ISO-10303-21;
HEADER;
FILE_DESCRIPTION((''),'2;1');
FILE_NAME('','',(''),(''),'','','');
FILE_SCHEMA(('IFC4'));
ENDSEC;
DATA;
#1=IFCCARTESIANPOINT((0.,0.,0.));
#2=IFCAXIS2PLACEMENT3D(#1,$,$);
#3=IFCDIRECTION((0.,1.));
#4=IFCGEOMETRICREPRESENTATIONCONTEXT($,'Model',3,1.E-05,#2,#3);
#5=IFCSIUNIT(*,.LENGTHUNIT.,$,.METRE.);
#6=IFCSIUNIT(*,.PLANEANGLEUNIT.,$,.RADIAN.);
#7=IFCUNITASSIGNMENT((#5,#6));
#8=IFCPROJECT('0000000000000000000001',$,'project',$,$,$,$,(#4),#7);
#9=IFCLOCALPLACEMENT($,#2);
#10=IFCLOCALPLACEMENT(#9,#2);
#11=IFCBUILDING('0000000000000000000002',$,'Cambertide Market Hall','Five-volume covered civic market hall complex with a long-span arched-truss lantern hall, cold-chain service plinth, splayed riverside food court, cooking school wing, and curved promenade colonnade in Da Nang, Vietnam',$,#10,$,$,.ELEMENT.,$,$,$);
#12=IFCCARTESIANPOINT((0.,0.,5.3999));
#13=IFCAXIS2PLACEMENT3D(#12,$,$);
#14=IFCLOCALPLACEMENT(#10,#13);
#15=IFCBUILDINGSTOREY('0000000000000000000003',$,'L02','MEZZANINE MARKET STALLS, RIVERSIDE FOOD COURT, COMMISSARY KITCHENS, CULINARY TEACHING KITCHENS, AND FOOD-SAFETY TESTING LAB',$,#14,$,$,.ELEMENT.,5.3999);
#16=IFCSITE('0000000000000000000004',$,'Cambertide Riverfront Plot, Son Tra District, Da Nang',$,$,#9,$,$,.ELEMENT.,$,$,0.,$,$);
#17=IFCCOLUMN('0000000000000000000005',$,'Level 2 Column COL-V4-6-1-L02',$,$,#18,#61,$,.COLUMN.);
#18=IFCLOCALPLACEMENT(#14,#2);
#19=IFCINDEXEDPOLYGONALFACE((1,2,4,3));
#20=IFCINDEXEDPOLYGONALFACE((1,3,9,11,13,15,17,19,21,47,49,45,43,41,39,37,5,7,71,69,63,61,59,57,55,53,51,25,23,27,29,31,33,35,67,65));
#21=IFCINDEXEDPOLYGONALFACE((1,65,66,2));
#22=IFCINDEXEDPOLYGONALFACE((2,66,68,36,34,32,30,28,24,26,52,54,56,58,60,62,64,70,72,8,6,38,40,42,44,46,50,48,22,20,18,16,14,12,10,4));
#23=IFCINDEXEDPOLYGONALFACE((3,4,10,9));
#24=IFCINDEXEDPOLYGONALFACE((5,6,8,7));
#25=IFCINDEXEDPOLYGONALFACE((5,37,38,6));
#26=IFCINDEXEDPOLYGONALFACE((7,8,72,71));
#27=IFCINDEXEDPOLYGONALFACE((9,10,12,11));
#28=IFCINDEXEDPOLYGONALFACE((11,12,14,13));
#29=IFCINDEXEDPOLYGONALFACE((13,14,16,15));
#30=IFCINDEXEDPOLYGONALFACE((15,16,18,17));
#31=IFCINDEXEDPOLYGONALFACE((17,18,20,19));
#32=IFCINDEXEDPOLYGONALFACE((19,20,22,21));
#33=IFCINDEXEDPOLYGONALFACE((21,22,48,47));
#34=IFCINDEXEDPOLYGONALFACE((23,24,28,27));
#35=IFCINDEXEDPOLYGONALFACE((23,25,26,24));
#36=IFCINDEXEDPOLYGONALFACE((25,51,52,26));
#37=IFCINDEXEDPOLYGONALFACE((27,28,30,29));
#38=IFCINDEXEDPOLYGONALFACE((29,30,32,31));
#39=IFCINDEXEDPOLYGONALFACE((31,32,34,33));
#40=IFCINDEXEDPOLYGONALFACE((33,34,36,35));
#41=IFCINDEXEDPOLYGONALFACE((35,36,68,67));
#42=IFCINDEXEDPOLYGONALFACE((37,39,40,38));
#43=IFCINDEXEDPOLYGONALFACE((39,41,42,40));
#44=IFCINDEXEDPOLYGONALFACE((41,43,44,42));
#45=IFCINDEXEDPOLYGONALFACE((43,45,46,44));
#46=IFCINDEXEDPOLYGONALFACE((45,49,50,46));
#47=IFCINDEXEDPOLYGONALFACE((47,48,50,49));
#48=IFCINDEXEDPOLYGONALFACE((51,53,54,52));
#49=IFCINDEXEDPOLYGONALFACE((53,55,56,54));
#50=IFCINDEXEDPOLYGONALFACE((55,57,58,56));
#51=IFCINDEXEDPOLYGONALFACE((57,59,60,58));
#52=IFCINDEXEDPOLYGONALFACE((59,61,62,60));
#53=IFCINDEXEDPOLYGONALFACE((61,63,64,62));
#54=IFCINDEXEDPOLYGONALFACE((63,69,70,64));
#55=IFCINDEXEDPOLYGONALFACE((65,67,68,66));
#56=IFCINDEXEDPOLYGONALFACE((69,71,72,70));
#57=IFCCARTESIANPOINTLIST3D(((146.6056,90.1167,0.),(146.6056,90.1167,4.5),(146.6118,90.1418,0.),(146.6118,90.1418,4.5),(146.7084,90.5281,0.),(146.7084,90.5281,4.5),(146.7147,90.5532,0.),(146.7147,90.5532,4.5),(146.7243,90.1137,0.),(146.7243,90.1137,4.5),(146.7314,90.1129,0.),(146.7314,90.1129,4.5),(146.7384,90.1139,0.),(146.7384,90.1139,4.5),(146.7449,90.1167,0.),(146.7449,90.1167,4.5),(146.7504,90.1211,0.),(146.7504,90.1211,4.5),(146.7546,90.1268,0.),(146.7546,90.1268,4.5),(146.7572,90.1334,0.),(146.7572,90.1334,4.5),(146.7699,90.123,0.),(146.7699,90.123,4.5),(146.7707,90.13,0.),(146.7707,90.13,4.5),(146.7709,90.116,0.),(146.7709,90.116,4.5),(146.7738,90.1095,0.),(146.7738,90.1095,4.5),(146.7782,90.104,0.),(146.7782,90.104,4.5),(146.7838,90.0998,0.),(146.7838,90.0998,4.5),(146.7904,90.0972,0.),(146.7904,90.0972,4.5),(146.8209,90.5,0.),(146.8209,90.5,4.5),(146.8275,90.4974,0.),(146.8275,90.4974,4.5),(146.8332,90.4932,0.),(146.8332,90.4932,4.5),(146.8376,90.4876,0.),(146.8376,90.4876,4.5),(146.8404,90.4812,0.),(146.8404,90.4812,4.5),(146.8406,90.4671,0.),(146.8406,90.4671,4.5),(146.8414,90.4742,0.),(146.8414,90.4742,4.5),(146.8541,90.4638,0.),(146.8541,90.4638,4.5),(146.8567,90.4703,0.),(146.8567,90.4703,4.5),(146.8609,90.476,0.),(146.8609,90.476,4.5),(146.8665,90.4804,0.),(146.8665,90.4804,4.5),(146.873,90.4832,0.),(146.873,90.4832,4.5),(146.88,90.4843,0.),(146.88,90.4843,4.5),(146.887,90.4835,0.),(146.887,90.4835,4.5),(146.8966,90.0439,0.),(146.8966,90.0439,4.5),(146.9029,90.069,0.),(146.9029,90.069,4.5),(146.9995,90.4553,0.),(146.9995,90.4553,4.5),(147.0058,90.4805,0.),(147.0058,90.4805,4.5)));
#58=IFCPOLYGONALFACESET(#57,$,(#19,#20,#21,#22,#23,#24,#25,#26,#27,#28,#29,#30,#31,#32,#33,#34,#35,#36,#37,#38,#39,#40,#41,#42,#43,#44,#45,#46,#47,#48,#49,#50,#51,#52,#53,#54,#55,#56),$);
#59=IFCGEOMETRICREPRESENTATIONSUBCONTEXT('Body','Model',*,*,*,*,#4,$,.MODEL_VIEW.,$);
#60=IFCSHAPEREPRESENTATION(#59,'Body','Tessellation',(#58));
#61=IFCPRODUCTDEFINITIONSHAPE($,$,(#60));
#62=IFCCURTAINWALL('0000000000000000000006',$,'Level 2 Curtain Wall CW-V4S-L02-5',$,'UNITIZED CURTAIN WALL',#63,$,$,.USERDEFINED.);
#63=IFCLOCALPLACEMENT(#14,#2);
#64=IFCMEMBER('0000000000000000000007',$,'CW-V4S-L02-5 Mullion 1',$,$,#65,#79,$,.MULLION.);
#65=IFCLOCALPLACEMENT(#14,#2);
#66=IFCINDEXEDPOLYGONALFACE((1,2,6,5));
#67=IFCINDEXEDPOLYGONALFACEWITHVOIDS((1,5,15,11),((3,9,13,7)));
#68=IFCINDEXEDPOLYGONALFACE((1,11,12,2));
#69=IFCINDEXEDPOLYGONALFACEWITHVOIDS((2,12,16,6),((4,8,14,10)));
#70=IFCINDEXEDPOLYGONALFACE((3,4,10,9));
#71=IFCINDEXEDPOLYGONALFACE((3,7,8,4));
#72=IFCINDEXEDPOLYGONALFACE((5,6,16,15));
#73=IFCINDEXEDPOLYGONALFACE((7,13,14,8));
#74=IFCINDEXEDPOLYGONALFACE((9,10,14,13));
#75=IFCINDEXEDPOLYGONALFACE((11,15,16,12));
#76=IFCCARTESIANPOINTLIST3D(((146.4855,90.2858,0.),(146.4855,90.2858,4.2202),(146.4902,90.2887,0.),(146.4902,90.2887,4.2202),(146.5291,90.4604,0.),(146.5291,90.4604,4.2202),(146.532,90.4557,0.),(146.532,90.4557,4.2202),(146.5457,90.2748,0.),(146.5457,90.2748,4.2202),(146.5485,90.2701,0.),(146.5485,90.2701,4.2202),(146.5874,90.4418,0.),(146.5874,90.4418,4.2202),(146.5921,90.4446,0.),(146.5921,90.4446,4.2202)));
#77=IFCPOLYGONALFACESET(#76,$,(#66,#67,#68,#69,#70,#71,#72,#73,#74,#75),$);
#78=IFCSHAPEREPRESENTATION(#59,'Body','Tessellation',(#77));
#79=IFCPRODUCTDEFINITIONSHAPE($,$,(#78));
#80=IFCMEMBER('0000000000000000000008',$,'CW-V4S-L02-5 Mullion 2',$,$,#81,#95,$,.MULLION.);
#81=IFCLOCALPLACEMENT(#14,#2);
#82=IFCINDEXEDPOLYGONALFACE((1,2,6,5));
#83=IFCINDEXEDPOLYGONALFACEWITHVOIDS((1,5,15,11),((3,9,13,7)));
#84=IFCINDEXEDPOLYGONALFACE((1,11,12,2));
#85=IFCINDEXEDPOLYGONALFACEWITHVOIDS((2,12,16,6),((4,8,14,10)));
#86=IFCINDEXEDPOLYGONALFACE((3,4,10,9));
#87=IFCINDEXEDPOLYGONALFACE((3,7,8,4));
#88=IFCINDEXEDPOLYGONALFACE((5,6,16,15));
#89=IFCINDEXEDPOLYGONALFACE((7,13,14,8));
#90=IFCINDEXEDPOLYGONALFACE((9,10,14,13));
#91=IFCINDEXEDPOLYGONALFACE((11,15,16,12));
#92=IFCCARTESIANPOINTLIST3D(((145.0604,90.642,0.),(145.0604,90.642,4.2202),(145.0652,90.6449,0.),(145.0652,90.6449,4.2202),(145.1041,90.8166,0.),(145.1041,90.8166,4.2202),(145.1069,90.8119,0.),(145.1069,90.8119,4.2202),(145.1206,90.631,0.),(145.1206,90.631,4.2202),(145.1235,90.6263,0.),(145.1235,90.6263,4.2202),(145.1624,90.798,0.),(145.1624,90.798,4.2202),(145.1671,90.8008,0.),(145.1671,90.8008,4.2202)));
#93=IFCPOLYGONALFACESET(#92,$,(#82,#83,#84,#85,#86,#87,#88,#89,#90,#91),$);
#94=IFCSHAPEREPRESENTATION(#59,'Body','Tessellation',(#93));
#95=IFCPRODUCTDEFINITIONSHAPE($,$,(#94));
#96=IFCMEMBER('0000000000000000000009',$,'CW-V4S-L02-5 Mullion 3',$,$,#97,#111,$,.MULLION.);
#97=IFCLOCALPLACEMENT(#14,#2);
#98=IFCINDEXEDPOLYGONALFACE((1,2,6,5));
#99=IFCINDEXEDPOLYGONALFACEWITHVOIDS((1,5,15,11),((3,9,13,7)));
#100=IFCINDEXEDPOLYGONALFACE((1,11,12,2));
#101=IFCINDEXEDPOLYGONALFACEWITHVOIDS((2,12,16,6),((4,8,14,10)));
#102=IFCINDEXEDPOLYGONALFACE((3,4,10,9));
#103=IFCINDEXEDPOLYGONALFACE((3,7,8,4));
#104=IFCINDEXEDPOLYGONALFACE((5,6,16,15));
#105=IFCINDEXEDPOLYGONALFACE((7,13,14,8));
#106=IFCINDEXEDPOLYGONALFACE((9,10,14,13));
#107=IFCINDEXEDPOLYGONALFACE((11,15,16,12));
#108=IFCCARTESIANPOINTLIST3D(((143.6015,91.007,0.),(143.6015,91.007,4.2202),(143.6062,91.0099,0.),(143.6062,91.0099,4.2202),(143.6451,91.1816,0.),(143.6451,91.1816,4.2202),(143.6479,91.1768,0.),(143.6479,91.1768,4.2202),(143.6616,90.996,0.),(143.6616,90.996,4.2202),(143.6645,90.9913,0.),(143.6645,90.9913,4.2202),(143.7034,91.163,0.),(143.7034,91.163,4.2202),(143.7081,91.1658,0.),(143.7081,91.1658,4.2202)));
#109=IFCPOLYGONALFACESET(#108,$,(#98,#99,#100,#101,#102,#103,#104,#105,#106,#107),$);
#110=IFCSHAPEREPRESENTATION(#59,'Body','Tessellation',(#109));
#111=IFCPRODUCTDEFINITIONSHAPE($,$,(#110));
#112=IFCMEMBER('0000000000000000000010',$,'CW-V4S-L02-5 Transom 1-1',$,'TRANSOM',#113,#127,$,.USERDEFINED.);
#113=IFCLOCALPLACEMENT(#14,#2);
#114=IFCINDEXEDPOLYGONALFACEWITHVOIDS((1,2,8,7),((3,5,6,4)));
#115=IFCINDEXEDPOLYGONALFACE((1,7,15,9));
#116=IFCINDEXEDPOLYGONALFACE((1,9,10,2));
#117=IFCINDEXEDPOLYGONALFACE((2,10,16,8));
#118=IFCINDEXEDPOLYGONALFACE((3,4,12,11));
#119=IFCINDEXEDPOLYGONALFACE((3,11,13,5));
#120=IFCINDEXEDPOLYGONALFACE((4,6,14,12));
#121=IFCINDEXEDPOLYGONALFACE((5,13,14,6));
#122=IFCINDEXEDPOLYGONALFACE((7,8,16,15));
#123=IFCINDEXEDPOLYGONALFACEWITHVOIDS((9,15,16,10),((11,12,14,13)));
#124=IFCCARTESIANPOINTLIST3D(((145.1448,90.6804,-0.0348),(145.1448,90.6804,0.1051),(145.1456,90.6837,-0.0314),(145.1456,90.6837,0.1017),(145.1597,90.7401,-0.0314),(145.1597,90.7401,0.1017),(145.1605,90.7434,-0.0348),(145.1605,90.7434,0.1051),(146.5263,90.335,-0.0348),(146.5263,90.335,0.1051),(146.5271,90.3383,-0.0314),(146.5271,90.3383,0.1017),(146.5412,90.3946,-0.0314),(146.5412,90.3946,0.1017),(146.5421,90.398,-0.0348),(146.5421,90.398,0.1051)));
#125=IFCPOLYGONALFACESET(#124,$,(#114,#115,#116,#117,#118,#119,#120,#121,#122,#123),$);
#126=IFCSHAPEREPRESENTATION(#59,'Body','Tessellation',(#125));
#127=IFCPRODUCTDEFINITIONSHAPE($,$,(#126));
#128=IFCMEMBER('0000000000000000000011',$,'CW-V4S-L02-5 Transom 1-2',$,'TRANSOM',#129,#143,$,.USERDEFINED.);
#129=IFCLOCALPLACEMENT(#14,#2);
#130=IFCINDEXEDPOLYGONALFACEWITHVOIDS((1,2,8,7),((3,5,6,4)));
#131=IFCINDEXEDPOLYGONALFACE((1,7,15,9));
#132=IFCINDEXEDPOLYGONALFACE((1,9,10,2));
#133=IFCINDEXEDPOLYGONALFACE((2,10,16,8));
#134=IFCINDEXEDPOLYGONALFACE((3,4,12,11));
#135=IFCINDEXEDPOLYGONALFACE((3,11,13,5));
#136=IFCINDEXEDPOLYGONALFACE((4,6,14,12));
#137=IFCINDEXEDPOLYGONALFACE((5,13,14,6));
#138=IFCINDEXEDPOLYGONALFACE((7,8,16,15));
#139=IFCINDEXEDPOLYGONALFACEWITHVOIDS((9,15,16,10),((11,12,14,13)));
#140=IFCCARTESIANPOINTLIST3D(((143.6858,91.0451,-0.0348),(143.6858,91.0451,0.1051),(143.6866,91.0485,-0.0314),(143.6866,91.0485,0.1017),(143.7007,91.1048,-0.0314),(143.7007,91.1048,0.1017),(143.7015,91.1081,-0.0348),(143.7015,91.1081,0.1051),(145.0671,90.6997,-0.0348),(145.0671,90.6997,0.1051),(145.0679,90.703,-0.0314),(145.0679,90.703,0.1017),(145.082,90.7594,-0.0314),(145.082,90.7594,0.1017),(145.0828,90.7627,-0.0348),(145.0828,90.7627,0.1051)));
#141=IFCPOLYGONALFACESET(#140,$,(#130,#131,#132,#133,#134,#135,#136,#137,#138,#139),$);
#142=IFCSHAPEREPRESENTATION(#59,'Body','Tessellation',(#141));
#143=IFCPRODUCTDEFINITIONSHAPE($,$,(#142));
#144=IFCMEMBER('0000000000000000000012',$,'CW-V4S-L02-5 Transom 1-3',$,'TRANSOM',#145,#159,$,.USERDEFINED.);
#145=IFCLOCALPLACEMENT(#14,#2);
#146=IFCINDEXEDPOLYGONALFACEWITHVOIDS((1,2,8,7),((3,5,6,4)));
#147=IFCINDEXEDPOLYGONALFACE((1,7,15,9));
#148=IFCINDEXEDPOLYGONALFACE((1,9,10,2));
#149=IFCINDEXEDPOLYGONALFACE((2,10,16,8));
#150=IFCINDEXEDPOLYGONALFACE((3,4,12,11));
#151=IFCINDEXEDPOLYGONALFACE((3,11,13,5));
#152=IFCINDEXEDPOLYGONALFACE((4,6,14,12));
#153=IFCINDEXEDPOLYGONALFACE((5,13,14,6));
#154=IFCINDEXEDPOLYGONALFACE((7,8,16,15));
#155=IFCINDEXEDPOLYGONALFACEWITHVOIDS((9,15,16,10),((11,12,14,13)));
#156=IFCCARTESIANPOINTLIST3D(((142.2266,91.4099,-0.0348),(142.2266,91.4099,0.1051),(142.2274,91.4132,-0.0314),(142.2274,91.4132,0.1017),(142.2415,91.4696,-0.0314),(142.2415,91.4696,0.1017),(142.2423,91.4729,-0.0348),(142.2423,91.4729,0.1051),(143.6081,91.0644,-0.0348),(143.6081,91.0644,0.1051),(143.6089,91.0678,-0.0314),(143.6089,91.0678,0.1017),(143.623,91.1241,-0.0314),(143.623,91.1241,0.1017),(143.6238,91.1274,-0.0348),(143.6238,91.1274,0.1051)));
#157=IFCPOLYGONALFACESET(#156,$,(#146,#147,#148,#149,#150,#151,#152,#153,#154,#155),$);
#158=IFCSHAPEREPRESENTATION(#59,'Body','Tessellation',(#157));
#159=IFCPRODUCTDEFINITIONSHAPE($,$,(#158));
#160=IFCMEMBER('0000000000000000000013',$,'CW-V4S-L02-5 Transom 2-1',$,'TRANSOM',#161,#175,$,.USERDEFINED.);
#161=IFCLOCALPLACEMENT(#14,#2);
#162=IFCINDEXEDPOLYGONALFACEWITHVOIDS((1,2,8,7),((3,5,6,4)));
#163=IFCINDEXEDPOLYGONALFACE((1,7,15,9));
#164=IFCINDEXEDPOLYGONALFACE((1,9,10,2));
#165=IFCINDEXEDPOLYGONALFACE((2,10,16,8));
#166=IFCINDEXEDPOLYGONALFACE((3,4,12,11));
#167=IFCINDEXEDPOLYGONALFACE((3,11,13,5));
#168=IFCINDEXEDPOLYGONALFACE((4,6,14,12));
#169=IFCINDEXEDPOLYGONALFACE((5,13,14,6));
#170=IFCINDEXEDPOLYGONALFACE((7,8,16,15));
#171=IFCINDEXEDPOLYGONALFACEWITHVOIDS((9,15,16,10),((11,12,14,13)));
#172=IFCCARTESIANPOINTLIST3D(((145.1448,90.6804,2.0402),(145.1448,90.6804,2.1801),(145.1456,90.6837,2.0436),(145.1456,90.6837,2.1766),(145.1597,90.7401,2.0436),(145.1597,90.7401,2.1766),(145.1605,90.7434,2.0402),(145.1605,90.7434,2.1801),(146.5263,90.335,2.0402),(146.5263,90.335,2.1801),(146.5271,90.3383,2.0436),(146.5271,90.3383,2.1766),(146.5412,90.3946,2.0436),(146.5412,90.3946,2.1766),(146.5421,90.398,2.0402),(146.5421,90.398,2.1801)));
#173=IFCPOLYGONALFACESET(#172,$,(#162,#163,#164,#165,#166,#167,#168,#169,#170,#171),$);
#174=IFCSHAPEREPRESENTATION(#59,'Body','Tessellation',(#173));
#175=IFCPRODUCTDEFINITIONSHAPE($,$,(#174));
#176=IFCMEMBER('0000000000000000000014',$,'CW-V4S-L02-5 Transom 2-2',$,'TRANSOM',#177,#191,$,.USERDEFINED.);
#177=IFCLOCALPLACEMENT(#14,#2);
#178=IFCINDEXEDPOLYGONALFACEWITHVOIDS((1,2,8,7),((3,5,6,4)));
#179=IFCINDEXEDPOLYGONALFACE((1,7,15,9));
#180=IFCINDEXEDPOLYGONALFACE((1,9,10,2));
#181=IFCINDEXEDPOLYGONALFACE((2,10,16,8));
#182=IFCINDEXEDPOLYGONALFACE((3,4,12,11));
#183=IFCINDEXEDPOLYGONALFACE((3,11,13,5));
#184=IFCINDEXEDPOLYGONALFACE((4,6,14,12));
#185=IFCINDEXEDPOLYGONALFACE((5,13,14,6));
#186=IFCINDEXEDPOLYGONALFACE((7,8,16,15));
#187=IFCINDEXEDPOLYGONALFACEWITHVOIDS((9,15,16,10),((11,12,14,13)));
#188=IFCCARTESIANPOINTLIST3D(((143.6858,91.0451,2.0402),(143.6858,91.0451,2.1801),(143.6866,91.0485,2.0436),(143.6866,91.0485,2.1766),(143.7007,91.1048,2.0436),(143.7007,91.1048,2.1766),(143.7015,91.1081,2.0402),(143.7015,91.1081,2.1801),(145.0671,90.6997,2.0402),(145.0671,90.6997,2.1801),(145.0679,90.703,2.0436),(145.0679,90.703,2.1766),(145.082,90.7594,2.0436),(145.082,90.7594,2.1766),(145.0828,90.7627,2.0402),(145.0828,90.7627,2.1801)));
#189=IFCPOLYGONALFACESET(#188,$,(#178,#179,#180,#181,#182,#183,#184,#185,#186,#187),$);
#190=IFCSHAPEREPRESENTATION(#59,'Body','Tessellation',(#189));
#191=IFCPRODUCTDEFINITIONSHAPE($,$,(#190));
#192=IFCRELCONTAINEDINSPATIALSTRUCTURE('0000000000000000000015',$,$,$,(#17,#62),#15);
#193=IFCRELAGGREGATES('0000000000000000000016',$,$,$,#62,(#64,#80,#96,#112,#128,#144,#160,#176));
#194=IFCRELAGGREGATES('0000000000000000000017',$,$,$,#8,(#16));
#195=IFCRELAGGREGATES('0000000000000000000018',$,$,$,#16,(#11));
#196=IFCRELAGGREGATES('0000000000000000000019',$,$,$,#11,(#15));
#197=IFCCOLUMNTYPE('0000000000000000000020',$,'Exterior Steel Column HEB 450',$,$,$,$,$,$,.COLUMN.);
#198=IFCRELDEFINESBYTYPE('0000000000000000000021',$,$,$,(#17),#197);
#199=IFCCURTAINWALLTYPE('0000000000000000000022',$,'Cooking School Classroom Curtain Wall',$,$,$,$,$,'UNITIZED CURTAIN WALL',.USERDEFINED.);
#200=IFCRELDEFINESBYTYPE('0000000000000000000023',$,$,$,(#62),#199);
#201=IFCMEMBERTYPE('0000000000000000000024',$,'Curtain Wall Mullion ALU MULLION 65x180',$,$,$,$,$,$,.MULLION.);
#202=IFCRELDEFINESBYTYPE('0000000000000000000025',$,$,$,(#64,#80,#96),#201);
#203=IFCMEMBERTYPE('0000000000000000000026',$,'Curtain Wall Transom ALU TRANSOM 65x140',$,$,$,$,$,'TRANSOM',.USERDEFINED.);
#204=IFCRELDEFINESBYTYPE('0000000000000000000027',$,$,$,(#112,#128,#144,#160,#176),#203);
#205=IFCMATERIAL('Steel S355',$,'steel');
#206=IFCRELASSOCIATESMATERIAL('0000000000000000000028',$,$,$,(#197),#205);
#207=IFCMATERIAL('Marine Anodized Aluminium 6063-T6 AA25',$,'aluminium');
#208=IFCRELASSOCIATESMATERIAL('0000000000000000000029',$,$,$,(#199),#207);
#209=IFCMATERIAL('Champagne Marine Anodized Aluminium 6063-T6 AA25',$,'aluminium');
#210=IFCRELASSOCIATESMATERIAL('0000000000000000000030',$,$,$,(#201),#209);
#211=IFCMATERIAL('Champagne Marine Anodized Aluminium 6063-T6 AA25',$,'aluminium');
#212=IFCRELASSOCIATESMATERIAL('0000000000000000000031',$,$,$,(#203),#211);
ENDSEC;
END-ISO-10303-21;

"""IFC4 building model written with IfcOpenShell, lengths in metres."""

from ifc_helpers import new_model, si_unit, direction, frame, origin, origin_2d, place, context, subcontext, project, spatial, hollow_rectangle, i_section, extrude, material, material_profile, profile_set, type_object, element, aggregate, save


model = new_model("IFC4")

# Units and contexts
model_context = context("Model", 3, precision=1e-05, world=origin(), true_north=direction((0.0, 1.0)))
body_context = subcontext(model_context, "Body", "Model", "MODEL_VIEW")
ifc_project = project(units=[si_unit("LENGTHUNIT", "METRE"), si_unit("PLANEANGLEUNIT", "RADIAN")], contexts=[model_context])

# Site, building, storey
site_placement = place(None, origin())
site = spatial("IfcSite", under=ifc_project, at=site_placement, Name="Cambertide Riverfront Plot, Son Tra District, Da Nang", CompositionType="ELEMENT", RefElevation=0.0)
building_placement = place(site_placement, origin())
building = spatial("IfcBuilding", under=site, at=building_placement, Name="Cambertide Market Hall", Description="Five-volume covered civic market hall complex with a long-span arched-truss lantern hall, cold-chain service plinth, splayed riverside food court, cooking school wing, and curved promenade colonnade in Da Nang, Vietnam", CompositionType="ELEMENT")
storey_placement = place(building_placement, frame((0.0, 0.0, 5.3999)))
storey = spatial("IfcBuildingStorey", under=building, at=storey_placement, Name="L02", Description="MEZZANINE MARKET STALLS, RIVERSIDE FOOD COURT, COMMISSARY KITCHENS, CULINARY TEACHING KITCHENS, AND FOOD-SAFETY TESTING LAB", CompositionType="ELEMENT", Elevation=5.3999)

# Column
ifc_material_1 = material(Name="Steel S355", Category="steel")
ifc_material_profile_1 = material_profile(ifc_material_1, i_section(OverallWidth=0.3, OverallDepth=0.45, WebThickness=0.0139, FlangeThickness=0.0259, FilletRadius=0.0271, at=origin_2d()), Name="HEB 450")
ifc_profile_set_1 = profile_set([ifc_material_profile_1], Name="Steel S355")
column_type = type_object("IfcColumnType", Name="Exterior Steel Column HEB 450", PredefinedType="COLUMN", material=ifc_profile_set_1)
column_placement = place(storey_placement, frame((146.8057, 90.2986, 0.0), z_axis=(0.0, 0.0, 1.0), x_axis=(0.970143, -0.242536, 0.0)))
element("IfcColumn", 1, at=column_placement, inside=storey, type_object=column_type, Name="Level 2 Column COL-V4-6-1-L02", PredefinedType="COLUMN", context=body_context, shape_type="SweptSolid", body=[
    extrude(i_section(OverallWidth=0.3, OverallDepth=0.45, WebThickness=0.0139, FlangeThickness=0.0259, FilletRadius=0.0271, at=origin_2d()), origin(), (0.0, 0.0, 1.0), 4.5),
])

# Curtain wall, members
ifc_material_2 = material(Name="Marine Anodized Aluminium 6063-T6 AA25", Category="aluminium")
curtain_wall_type = type_object("IfcCurtainWallType", Name="Cooking School Classroom Curtain Wall", ElementType="UNITIZED CURTAIN WALL", PredefinedType="USERDEFINED", material=ifc_material_2)
curtain_wall_placement = place(storey_placement, origin())
curtain_wall = element("IfcCurtainWall", 2, at=curtain_wall_placement, inside=storey, type_object=curtain_wall_type, Name="Level 2 Curtain Wall CW-V4S-L02-5", ObjectType="UNITIZED CURTAIN WALL", PredefinedType="USERDEFINED")
ifc_material_3 = material(Name="Champagne Marine Anodized Aluminium 6063-T6 AA25", Category="aluminium")
ifc_material_profile_2 = material_profile(ifc_material_3, hollow_rectangle(XDim=0.0649, YDim=0.1799, WallThickness=0.0039, at=origin_2d()), Name="ALU MULLION 65x180")
ifc_profile_set_2 = profile_set([ifc_material_profile_2], Name="Champagne Marine Anodized Aluminium 6063-T6 AA25")
member_type_1 = type_object("IfcMemberType", Name="Curtain Wall Mullion ALU MULLION 65x180", PredefinedType="MULLION", material=ifc_profile_set_2)
member_1_placement = place(storey_placement, frame((146.5388, 90.3652, 0.0), z_axis=(0.0, 0.0, 1.0), x_axis=(-0.970143, 0.242535, 0.0)))
member_1 = element("IfcMember", 3, at=member_1_placement, type_object=member_type_1, Name="CW-V4S-L02-5 Mullion 1", PredefinedType="MULLION", context=body_context, shape_type="SweptSolid", body=[
    extrude(hollow_rectangle(XDim=0.0649, YDim=0.1799, WallThickness=0.0039, at=origin_2d()), origin(), (0.0, 0.0, 1.0), 4.2202),
])
member_2_placement = place(storey_placement, frame((145.1138, 90.7214, 0.0), z_axis=(0.0, 0.0, 1.0), x_axis=(-0.970143, 0.242535, 0.0)))
member_2 = element("IfcMember", 4, at=member_2_placement, type_object=member_type_1, Name="CW-V4S-L02-5 Mullion 2", PredefinedType="MULLION", context=body_context, shape_type="SweptSolid", body=[
    extrude(hollow_rectangle(XDim=0.0649, YDim=0.1799, WallThickness=0.0039, at=origin_2d()), origin(), (0.0, 0.0, 1.0), 4.2202),
])
member_3_placement = place(storey_placement, frame((143.6548, 91.0864, 0.0), z_axis=(0.0, 0.0, 1.0), x_axis=(-0.970143, 0.242535, 0.0)))
member_3 = element("IfcMember", 5, at=member_3_placement, type_object=member_type_1, Name="CW-V4S-L02-5 Mullion 3", PredefinedType="MULLION", context=body_context, shape_type="SweptSolid", body=[
    extrude(hollow_rectangle(XDim=0.0649, YDim=0.1799, WallThickness=0.0039, at=origin_2d()), origin(), (0.0, 0.0, 1.0), 4.2202),
])
ifc_material_4 = material(Name="Champagne Marine Anodized Aluminium 6063-T6 AA25", Category="aluminium")
ifc_material_profile_3 = material_profile(ifc_material_4, hollow_rectangle(XDim=0.0649, YDim=0.1399, WallThickness=0.0034, at=origin_2d()), Name="ALU TRANSOM 65x140")
ifc_profile_set_3 = profile_set([ifc_material_profile_3], Name="Champagne Marine Anodized Aluminium 6063-T6 AA25")
member_type_2 = type_object("IfcMemberType", Name="Curtain Wall Transom ALU TRANSOM 65x140", ElementType="TRANSOM", PredefinedType="USERDEFINED", material=ifc_profile_set_3)
member_4_placement = place(storey_placement, frame((146.5342, 90.3665, 0.0352), z_axis=(-0.970132, 0.242576, 0.0), x_axis=(-0.242576, -0.970132, 0.0)))
member_4 = element("IfcMember", 6, at=member_4_placement, type_object=member_type_2, Name="CW-V4S-L02-5 Transom 1-1", ObjectType="TRANSOM", PredefinedType="USERDEFINED", context=body_context, shape_type="SweptSolid", body=[
    extrude(hollow_rectangle(XDim=0.0649, YDim=0.1399, WallThickness=0.0034, at=origin_2d()), origin(), (0.0, 0.0, 1.0), 1.4241),
])
member_5_placement = place(storey_placement, frame((145.075, 90.7312, 0.0352), z_axis=(-0.970122, 0.242616, 0.0), x_axis=(-0.242616, -0.970122, 0.0)))
member_5 = element("IfcMember", 7, at=member_5_placement, type_object=member_type_2, Name="CW-V4S-L02-5 Transom 1-2", ObjectType="TRANSOM", PredefinedType="USERDEFINED", context=body_context, shape_type="SweptSolid", body=[
    extrude(hollow_rectangle(XDim=0.0649, YDim=0.1399, WallThickness=0.0034, at=origin_2d()), origin(), (0.0, 0.0, 1.0), 1.4238),
])
member_6_placement = place(storey_placement, frame((143.616, 91.0959, 0.0352), z_axis=(-0.970132, 0.242576, 0.0), x_axis=(-0.242576, -0.970132, 0.0)))
member_6 = element("IfcMember", 8, at=member_6_placement, type_object=member_type_2, Name="CW-V4S-L02-5 Transom 1-3", ObjectType="TRANSOM", PredefinedType="USERDEFINED", context=body_context, shape_type="SweptSolid", body=[
    extrude(hollow_rectangle(XDim=0.0649, YDim=0.1399, WallThickness=0.0034, at=origin_2d()), origin(), (0.0, 0.0, 1.0), 1.4241),
])
member_7_placement = place(storey_placement, frame((146.5342, 90.3665, 2.1101), z_axis=(-0.970132, 0.242576, 0.0), x_axis=(-0.242576, -0.970132, 0.0)))
member_7 = element("IfcMember", 9, at=member_7_placement, type_object=member_type_2, Name="CW-V4S-L02-5 Transom 2-1", ObjectType="TRANSOM", PredefinedType="USERDEFINED", context=body_context, shape_type="SweptSolid", body=[
    extrude(hollow_rectangle(XDim=0.0649, YDim=0.1399, WallThickness=0.0034, at=origin_2d()), origin(), (0.0, 0.0, 1.0), 1.4241),
])
member_8_placement = place(storey_placement, frame((145.075, 90.7312, 2.1101), z_axis=(-0.970122, 0.242616, 0.0), x_axis=(-0.242616, -0.970122, 0.0)))
member_8 = element("IfcMember", 10, at=member_8_placement, type_object=member_type_2, Name="CW-V4S-L02-5 Transom 2-2", ObjectType="TRANSOM", PredefinedType="USERDEFINED", context=body_context, shape_type="SweptSolid", body=[
    extrude(hollow_rectangle(XDim=0.0649, YDim=0.1399, WallThickness=0.0034, at=origin_2d()), origin(), (0.0, 0.0, 1.0), 1.4238),
])

aggregate(curtain_wall, [member_1, member_2, member_3, member_4, member_5, member_6, member_7, member_8])

save(model, "model.ifc")
